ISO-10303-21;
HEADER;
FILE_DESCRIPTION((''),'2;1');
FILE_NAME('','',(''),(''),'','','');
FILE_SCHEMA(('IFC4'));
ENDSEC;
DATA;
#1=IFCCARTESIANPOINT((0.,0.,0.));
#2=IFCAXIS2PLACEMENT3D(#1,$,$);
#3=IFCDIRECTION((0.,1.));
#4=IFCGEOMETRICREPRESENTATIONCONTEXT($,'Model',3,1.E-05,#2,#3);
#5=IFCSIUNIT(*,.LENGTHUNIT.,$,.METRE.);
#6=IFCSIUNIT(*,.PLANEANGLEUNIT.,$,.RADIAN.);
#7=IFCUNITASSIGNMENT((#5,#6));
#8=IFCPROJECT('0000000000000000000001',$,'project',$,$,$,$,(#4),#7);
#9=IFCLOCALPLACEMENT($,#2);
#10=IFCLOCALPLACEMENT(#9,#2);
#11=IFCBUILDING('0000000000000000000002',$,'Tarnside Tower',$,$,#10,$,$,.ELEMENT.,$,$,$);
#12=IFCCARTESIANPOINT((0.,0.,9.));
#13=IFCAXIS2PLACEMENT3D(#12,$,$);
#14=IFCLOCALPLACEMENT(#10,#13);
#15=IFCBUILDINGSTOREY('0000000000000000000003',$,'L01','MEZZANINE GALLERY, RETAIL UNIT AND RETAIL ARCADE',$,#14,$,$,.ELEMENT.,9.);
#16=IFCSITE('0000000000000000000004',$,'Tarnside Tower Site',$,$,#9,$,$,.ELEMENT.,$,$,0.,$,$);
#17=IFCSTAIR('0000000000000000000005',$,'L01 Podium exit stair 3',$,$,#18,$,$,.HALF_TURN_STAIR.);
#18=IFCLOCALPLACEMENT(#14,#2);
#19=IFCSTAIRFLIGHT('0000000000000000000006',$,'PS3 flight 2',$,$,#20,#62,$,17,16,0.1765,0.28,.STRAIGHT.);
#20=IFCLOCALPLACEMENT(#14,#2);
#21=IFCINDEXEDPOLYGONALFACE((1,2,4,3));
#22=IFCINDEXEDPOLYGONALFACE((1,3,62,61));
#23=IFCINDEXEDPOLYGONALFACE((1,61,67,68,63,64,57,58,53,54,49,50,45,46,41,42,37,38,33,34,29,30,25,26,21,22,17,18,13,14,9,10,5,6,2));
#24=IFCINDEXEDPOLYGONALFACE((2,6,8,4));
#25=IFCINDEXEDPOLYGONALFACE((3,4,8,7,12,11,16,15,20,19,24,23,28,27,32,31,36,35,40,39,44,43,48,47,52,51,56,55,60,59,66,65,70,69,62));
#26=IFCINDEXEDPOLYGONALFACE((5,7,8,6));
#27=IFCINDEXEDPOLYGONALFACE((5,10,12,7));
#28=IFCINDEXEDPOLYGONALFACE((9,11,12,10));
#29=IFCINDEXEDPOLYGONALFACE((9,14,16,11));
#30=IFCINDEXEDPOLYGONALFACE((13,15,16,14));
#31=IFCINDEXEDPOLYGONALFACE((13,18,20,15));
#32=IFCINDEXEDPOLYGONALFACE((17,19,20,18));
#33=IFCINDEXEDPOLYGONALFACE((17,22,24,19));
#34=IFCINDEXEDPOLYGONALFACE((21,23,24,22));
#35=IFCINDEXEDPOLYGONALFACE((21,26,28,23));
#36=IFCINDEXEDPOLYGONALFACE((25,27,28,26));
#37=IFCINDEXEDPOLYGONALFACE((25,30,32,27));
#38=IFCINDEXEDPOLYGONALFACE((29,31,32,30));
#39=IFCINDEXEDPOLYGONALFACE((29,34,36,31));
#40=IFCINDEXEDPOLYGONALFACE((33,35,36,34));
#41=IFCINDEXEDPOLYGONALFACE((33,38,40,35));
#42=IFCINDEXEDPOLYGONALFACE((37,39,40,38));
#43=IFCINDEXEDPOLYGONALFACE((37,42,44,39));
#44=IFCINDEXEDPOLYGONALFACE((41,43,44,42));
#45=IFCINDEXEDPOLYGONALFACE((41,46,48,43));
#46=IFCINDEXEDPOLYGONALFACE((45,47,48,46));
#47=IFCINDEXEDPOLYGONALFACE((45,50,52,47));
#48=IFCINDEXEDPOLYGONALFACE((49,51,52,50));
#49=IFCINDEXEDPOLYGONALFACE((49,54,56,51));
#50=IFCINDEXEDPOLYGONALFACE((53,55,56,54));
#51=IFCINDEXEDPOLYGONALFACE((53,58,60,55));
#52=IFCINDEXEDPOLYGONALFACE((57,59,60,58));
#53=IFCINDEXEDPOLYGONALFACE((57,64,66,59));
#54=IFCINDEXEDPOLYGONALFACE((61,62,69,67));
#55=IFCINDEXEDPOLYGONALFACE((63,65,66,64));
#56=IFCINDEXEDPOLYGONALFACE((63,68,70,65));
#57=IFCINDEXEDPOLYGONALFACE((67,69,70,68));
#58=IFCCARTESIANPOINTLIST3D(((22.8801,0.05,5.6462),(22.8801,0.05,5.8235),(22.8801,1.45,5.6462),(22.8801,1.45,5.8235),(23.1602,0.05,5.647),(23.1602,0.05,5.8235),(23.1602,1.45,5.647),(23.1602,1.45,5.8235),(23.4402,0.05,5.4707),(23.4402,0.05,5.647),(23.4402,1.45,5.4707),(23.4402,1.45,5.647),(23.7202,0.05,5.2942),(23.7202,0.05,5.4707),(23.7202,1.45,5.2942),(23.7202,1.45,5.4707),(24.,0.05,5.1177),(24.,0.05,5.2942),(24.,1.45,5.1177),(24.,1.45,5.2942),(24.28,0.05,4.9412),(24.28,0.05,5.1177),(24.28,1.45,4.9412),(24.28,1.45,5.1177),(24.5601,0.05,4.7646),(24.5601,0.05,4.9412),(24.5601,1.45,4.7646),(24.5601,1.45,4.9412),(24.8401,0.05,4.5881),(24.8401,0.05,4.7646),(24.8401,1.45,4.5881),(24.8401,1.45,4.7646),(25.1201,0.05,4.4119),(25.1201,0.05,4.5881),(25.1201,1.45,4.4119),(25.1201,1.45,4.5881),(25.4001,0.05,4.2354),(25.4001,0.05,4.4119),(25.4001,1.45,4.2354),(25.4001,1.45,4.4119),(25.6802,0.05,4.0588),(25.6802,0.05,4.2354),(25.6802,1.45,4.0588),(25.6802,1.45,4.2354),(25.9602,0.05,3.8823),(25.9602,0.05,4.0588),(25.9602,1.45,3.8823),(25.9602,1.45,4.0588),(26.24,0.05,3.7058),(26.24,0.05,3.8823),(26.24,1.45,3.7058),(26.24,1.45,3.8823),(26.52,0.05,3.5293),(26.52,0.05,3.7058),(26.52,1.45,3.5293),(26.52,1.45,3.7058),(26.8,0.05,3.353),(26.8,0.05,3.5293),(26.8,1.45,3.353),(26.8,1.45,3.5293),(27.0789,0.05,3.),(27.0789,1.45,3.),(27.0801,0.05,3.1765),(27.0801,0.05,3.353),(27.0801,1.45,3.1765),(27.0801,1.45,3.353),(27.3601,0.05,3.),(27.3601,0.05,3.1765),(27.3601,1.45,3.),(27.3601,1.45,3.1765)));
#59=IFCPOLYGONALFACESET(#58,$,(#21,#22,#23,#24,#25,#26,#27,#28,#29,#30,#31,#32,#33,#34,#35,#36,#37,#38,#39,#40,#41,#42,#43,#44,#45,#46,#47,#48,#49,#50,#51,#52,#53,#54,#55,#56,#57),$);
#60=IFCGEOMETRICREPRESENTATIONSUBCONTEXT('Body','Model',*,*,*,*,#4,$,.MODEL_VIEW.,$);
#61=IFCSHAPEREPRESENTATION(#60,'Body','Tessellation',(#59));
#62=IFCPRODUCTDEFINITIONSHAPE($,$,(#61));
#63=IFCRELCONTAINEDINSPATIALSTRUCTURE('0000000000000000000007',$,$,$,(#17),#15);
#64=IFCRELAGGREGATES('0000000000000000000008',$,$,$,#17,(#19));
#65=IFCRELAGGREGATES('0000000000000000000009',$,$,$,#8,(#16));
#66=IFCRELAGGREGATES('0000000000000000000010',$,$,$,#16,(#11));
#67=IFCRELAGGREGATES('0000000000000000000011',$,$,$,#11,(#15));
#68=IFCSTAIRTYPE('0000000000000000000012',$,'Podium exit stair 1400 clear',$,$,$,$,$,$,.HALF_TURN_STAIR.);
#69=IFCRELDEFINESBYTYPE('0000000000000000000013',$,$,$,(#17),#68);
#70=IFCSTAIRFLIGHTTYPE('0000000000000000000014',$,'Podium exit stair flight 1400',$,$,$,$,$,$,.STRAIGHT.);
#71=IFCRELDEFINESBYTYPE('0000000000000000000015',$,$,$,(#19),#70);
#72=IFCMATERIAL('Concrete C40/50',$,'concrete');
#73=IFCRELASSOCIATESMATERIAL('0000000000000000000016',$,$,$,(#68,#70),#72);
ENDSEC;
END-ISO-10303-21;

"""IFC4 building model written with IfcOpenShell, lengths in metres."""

from ifc_helpers import new_model, si_unit, direction, frame, origin, place, context, subcontext, project, spatial, polyline, outline, extrude, material, type_object, element, aggregate, save


model = new_model("IFC4")

# Units and contexts
model_context = context("Model", 3, precision=1e-05, world=origin(), true_north=direction((0.0, 1.0)))
body_context = subcontext(model_context, "Body", "Model", "MODEL_VIEW")
ifc_project = project(units=[si_unit("LENGTHUNIT", "METRE"), si_unit("PLANEANGLEUNIT", "RADIAN")], contexts=[model_context])

# Site, building, storey
site_placement = place(None, origin())
site = spatial("IfcSite", under=ifc_project, at=site_placement, Name="Tarnside Tower Site", CompositionType="ELEMENT", RefElevation=0.0)
building_placement = place(site_placement, origin())
building = spatial("IfcBuilding", under=site, at=building_placement, Name="Tarnside Tower", CompositionType="ELEMENT")
storey_placement = place(building_placement, frame((0.0, 0.0, 9.0)))
storey = spatial("IfcBuildingStorey", under=building, at=storey_placement, Name="L01", Description="MEZZANINE GALLERY, RETAIL UNIT AND RETAIL ARCADE", CompositionType="ELEMENT", Elevation=9.0)

# Stair, stair flight
ifc_material_1 = material(Name="Concrete C40/50", Category="concrete")
stair_type = type_object("IfcStairType", Name="Podium exit stair 1400 clear", PredefinedType="HALF_TURN_STAIR", material=ifc_material_1)
stair_placement = place(storey_placement, origin())
stair = element("IfcStair", 1, at=stair_placement, inside=storey, type_object=stair_type, Name="L01 Podium exit stair 3", PredefinedType="HALF_TURN_STAIR")
stair_flight_type = type_object("IfcStairFlightType", Name="Podium exit stair flight 1400", PredefinedType="STRAIGHT", material=ifc_material_1)
stair_flight_placement = place(storey_placement, frame((27.3601, 0.75, 3.0), z_axis=(0.0, 0.0, 1.0), x_axis=(-1.0, 0.0, 0.0)))
stair_flight = element("IfcStairFlight", 2, at=stair_flight_placement, type_object=stair_flight_type, Name="PS3 flight 2", NumberOfRisers=17, NumberOfTreads=16, PredefinedType="STRAIGHT", RiserHeight=0.1765, TreadLength=0.28, context=body_context, shape_type="SweptSolid", body=[
    extrude(outline(polyline([(0.0, 0.0), (0.0, 0.1765), (0.28, 0.1765), (0.28, 0.353), (0.5601, 0.353), (0.5601, 0.5293), (0.8401, 0.5293), (0.8401, 0.7058), (1.1201, 0.7058), (1.1201, 0.8823), (1.3999, 0.8823), (1.3999, 1.0588), (1.6799, 1.0588), (1.6799, 1.2354), (1.96, 1.2354), (1.96, 1.4119), (2.24, 1.4119), (2.24, 1.5881), (2.52, 1.5881), (2.52, 1.7646), (2.8, 1.7646), (2.8, 1.9412), (3.0801, 1.9412), (3.0801, 2.1177), (3.3601, 2.1177), (3.3601, 2.2942), (3.6399, 2.2942), (3.6399, 2.4707), (3.9199, 2.4707), (3.9199, 2.647), (4.2, 2.647), (4.2, 2.8235), (4.48, 2.8235), (4.48, 3.0), (4.48, 2.6462), (0.2812, 0.0), (0.0, 0.0)])), frame((0.0, 0.7, 0.0), z_axis=(0.0, -1.0, 0.0), x_axis=(1.0, 0.0, 0.0)), (0.0, 0.0, 1.0), 1.3999),
])
aggregate(stair, [stair_flight])

save(model, "model.ifc")
